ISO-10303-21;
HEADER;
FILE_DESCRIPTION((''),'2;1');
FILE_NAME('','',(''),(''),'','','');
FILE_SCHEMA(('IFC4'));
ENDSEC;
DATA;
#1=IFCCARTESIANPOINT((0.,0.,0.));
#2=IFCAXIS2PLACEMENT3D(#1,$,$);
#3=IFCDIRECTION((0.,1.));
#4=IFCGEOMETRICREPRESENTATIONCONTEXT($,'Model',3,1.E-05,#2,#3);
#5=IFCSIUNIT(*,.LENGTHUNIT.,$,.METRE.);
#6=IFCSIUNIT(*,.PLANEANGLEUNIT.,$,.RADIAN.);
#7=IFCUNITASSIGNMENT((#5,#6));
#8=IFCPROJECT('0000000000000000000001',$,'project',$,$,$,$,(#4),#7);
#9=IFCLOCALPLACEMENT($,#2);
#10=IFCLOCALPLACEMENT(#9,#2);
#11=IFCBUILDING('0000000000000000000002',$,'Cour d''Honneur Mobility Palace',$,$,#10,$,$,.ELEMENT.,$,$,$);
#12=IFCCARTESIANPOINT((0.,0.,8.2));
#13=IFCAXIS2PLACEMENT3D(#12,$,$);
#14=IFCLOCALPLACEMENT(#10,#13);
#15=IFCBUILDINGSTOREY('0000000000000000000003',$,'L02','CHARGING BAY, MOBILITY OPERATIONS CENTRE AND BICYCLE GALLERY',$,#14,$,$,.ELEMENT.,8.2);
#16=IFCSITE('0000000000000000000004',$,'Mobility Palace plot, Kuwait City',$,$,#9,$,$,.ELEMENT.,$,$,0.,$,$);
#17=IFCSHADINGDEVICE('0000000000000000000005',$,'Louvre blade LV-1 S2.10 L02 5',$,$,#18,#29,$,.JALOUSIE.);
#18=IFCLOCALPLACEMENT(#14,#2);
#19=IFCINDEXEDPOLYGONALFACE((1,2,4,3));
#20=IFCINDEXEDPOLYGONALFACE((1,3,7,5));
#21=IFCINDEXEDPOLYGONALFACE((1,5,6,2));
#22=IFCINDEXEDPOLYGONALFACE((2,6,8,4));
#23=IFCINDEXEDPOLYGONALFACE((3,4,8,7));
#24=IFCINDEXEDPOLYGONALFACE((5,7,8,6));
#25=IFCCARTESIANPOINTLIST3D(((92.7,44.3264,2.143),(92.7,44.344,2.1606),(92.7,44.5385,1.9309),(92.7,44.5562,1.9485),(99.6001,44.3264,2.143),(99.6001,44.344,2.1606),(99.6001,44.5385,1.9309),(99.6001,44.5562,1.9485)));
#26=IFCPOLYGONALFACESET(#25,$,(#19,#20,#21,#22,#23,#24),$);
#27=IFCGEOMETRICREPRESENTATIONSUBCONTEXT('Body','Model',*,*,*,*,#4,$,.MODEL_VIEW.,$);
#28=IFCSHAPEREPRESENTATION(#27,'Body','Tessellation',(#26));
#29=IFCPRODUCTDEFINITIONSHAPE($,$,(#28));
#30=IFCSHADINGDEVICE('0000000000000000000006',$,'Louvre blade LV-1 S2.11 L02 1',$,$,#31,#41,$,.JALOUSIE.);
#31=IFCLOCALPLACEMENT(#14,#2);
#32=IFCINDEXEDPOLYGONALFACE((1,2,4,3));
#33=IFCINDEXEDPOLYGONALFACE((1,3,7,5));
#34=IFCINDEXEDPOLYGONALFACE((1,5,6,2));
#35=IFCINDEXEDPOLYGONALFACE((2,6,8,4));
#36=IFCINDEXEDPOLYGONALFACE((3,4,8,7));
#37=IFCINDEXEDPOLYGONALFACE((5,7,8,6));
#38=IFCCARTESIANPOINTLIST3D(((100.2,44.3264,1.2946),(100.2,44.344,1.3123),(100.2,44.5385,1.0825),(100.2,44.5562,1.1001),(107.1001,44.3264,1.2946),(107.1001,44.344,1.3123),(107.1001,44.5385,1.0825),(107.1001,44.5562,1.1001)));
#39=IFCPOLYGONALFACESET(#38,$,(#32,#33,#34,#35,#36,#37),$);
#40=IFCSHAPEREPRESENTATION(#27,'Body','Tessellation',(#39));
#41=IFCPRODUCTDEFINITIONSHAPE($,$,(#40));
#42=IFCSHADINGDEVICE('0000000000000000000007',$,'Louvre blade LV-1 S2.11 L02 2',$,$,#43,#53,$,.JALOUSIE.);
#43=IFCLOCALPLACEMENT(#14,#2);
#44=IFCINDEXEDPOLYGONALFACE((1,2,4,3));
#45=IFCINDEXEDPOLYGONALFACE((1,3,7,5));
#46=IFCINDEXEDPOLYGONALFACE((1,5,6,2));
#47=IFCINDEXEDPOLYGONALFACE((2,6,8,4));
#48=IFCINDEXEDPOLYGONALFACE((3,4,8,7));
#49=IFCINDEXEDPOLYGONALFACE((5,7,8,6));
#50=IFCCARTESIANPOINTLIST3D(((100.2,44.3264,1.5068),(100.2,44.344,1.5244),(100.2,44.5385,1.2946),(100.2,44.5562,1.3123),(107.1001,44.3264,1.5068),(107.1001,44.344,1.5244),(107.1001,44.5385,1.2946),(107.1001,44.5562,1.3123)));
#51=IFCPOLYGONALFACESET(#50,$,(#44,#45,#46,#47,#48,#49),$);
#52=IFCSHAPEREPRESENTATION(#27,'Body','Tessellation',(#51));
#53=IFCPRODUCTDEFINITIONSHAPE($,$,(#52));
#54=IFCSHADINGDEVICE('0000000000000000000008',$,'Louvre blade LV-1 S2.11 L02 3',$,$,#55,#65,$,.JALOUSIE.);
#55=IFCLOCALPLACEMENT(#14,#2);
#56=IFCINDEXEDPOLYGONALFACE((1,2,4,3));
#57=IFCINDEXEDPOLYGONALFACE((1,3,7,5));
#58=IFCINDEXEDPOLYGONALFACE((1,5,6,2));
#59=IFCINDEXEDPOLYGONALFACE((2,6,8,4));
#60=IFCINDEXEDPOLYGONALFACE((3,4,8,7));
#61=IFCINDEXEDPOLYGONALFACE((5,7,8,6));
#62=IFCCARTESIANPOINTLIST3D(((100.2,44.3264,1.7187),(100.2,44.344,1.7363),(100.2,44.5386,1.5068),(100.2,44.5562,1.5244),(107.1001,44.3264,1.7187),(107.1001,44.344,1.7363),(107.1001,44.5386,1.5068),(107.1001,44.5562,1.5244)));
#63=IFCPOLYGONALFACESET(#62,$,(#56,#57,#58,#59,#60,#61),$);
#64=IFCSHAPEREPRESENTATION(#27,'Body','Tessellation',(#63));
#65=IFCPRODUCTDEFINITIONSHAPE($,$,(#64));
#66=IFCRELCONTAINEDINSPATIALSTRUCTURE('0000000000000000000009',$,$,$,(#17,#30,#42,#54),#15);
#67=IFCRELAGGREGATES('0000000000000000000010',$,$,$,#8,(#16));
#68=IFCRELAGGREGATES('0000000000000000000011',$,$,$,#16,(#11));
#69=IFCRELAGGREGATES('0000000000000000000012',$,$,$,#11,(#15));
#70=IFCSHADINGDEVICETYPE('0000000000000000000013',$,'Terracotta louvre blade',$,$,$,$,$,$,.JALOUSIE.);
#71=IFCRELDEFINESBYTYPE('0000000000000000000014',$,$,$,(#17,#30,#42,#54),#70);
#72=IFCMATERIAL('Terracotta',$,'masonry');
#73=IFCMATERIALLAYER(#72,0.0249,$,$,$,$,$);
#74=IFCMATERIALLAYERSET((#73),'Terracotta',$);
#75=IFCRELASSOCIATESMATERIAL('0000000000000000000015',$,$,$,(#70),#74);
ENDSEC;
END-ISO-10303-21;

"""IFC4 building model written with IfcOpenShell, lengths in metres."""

from ifc_helpers import new_model, si_unit, direction, frame, origin, place, context, subcontext, project, spatial, polyline, outline, extrude, material, layer, layer_set, type_object, element, save


model = new_model("IFC4")

# Units and contexts
model_context = context("Model", 3, precision=1e-05, world=origin(), true_north=direction((0.0, 1.0)))
body_context = subcontext(model_context, "Body", "Model", "MODEL_VIEW")
ifc_project = project(units=[si_unit("LENGTHUNIT", "METRE"), si_unit("PLANEANGLEUNIT", "RADIAN")], contexts=[model_context])

# Site, building, storey
site_placement = place(None, origin())
site = spatial("IfcSite", under=ifc_project, at=site_placement, Name="Mobility Palace plot, Kuwait City", CompositionType="ELEMENT", RefElevation=0.0)
building_placement = place(site_placement, origin())
building = spatial("IfcBuilding", under=site, at=building_placement, Name="Cour d'Honneur Mobility Palace", CompositionType="ELEMENT")
storey_placement = place(building_placement, frame((0.0, 0.0, 8.2)))
storey = spatial("IfcBuildingStorey", under=building, at=storey_placement, Name="L02", Description="CHARGING BAY, MOBILITY OPERATIONS CENTRE AND BICYCLE GALLERY", CompositionType="ELEMENT", Elevation=8.2)

# Shading devices
ifc_material_1 = material(Name="Terracotta", Category="masonry")
ifc_layer_1 = layer(ifc_material_1, 0.0249)
ifc_layer_set_1 = layer_set([ifc_layer_1], Name="Terracotta")
shading_device_type = type_object("IfcShadingDeviceType", Name="Terracotta louvre blade", PredefinedType="JALOUSIE", material=ifc_layer_set_1)
for number, where, z_axis, x_axis, name in (
    (1, (92.7, 44.5562, 1.9485), (0.0, 0.707107, 0.707107), (1.0, 0.0, 0.0), "Louvre blade LV-1 S2.10 L02 5"),
    (2, (100.2, 44.5562, 1.1001), (0.0, 0.707107, 0.707107), (1.0, 0.0, 0.0), "Louvre blade LV-1 S2.11 L02 1"),
    (3, (100.2, 44.5562, 1.3123), (0.0, 0.707107, 0.707107), (1.0, 0.0, 0.0), "Louvre blade LV-1 S2.11 L02 2"),
):
    element("IfcShadingDevice", number, at=place(storey_placement, frame(where, z_axis=z_axis, x_axis=x_axis)), inside=storey, type_object=shading_device_type, Name=name, PredefinedType="JALOUSIE", context=body_context, shape_type="SweptSolid", body=[
        extrude(outline(polyline([(0.0, 0.0), (6.9001, 0.0), (6.9001, -0.3), (0.0, -0.3), (0.0, 0.0)])), origin(), (0.0, 0.0, -1.0), 0.0249),
    ])
shading_device_1_placement = place(storey_placement, frame((100.2, 44.5562, 1.5244), z_axis=(0.0, 0.7067, 0.707514), x_axis=(1.0, 0.0, 0.0)))
element("IfcShadingDevice", 4, at=shading_device_1_placement, inside=storey, type_object=shading_device_type, Name="Louvre blade LV-1 S2.11 L02 3", PredefinedType="JALOUSIE", context=body_context, shape_type="SweptSolid", body=[
    extrude(outline(polyline([(0.0, 0.0), (6.9001, 0.0), (6.9001, -0.2999), (0.0, -0.2999), (0.0, 0.0)])), origin(), (0.0, 0.0, -1.0), 0.0249),
])

save(model, "model.ifc")
